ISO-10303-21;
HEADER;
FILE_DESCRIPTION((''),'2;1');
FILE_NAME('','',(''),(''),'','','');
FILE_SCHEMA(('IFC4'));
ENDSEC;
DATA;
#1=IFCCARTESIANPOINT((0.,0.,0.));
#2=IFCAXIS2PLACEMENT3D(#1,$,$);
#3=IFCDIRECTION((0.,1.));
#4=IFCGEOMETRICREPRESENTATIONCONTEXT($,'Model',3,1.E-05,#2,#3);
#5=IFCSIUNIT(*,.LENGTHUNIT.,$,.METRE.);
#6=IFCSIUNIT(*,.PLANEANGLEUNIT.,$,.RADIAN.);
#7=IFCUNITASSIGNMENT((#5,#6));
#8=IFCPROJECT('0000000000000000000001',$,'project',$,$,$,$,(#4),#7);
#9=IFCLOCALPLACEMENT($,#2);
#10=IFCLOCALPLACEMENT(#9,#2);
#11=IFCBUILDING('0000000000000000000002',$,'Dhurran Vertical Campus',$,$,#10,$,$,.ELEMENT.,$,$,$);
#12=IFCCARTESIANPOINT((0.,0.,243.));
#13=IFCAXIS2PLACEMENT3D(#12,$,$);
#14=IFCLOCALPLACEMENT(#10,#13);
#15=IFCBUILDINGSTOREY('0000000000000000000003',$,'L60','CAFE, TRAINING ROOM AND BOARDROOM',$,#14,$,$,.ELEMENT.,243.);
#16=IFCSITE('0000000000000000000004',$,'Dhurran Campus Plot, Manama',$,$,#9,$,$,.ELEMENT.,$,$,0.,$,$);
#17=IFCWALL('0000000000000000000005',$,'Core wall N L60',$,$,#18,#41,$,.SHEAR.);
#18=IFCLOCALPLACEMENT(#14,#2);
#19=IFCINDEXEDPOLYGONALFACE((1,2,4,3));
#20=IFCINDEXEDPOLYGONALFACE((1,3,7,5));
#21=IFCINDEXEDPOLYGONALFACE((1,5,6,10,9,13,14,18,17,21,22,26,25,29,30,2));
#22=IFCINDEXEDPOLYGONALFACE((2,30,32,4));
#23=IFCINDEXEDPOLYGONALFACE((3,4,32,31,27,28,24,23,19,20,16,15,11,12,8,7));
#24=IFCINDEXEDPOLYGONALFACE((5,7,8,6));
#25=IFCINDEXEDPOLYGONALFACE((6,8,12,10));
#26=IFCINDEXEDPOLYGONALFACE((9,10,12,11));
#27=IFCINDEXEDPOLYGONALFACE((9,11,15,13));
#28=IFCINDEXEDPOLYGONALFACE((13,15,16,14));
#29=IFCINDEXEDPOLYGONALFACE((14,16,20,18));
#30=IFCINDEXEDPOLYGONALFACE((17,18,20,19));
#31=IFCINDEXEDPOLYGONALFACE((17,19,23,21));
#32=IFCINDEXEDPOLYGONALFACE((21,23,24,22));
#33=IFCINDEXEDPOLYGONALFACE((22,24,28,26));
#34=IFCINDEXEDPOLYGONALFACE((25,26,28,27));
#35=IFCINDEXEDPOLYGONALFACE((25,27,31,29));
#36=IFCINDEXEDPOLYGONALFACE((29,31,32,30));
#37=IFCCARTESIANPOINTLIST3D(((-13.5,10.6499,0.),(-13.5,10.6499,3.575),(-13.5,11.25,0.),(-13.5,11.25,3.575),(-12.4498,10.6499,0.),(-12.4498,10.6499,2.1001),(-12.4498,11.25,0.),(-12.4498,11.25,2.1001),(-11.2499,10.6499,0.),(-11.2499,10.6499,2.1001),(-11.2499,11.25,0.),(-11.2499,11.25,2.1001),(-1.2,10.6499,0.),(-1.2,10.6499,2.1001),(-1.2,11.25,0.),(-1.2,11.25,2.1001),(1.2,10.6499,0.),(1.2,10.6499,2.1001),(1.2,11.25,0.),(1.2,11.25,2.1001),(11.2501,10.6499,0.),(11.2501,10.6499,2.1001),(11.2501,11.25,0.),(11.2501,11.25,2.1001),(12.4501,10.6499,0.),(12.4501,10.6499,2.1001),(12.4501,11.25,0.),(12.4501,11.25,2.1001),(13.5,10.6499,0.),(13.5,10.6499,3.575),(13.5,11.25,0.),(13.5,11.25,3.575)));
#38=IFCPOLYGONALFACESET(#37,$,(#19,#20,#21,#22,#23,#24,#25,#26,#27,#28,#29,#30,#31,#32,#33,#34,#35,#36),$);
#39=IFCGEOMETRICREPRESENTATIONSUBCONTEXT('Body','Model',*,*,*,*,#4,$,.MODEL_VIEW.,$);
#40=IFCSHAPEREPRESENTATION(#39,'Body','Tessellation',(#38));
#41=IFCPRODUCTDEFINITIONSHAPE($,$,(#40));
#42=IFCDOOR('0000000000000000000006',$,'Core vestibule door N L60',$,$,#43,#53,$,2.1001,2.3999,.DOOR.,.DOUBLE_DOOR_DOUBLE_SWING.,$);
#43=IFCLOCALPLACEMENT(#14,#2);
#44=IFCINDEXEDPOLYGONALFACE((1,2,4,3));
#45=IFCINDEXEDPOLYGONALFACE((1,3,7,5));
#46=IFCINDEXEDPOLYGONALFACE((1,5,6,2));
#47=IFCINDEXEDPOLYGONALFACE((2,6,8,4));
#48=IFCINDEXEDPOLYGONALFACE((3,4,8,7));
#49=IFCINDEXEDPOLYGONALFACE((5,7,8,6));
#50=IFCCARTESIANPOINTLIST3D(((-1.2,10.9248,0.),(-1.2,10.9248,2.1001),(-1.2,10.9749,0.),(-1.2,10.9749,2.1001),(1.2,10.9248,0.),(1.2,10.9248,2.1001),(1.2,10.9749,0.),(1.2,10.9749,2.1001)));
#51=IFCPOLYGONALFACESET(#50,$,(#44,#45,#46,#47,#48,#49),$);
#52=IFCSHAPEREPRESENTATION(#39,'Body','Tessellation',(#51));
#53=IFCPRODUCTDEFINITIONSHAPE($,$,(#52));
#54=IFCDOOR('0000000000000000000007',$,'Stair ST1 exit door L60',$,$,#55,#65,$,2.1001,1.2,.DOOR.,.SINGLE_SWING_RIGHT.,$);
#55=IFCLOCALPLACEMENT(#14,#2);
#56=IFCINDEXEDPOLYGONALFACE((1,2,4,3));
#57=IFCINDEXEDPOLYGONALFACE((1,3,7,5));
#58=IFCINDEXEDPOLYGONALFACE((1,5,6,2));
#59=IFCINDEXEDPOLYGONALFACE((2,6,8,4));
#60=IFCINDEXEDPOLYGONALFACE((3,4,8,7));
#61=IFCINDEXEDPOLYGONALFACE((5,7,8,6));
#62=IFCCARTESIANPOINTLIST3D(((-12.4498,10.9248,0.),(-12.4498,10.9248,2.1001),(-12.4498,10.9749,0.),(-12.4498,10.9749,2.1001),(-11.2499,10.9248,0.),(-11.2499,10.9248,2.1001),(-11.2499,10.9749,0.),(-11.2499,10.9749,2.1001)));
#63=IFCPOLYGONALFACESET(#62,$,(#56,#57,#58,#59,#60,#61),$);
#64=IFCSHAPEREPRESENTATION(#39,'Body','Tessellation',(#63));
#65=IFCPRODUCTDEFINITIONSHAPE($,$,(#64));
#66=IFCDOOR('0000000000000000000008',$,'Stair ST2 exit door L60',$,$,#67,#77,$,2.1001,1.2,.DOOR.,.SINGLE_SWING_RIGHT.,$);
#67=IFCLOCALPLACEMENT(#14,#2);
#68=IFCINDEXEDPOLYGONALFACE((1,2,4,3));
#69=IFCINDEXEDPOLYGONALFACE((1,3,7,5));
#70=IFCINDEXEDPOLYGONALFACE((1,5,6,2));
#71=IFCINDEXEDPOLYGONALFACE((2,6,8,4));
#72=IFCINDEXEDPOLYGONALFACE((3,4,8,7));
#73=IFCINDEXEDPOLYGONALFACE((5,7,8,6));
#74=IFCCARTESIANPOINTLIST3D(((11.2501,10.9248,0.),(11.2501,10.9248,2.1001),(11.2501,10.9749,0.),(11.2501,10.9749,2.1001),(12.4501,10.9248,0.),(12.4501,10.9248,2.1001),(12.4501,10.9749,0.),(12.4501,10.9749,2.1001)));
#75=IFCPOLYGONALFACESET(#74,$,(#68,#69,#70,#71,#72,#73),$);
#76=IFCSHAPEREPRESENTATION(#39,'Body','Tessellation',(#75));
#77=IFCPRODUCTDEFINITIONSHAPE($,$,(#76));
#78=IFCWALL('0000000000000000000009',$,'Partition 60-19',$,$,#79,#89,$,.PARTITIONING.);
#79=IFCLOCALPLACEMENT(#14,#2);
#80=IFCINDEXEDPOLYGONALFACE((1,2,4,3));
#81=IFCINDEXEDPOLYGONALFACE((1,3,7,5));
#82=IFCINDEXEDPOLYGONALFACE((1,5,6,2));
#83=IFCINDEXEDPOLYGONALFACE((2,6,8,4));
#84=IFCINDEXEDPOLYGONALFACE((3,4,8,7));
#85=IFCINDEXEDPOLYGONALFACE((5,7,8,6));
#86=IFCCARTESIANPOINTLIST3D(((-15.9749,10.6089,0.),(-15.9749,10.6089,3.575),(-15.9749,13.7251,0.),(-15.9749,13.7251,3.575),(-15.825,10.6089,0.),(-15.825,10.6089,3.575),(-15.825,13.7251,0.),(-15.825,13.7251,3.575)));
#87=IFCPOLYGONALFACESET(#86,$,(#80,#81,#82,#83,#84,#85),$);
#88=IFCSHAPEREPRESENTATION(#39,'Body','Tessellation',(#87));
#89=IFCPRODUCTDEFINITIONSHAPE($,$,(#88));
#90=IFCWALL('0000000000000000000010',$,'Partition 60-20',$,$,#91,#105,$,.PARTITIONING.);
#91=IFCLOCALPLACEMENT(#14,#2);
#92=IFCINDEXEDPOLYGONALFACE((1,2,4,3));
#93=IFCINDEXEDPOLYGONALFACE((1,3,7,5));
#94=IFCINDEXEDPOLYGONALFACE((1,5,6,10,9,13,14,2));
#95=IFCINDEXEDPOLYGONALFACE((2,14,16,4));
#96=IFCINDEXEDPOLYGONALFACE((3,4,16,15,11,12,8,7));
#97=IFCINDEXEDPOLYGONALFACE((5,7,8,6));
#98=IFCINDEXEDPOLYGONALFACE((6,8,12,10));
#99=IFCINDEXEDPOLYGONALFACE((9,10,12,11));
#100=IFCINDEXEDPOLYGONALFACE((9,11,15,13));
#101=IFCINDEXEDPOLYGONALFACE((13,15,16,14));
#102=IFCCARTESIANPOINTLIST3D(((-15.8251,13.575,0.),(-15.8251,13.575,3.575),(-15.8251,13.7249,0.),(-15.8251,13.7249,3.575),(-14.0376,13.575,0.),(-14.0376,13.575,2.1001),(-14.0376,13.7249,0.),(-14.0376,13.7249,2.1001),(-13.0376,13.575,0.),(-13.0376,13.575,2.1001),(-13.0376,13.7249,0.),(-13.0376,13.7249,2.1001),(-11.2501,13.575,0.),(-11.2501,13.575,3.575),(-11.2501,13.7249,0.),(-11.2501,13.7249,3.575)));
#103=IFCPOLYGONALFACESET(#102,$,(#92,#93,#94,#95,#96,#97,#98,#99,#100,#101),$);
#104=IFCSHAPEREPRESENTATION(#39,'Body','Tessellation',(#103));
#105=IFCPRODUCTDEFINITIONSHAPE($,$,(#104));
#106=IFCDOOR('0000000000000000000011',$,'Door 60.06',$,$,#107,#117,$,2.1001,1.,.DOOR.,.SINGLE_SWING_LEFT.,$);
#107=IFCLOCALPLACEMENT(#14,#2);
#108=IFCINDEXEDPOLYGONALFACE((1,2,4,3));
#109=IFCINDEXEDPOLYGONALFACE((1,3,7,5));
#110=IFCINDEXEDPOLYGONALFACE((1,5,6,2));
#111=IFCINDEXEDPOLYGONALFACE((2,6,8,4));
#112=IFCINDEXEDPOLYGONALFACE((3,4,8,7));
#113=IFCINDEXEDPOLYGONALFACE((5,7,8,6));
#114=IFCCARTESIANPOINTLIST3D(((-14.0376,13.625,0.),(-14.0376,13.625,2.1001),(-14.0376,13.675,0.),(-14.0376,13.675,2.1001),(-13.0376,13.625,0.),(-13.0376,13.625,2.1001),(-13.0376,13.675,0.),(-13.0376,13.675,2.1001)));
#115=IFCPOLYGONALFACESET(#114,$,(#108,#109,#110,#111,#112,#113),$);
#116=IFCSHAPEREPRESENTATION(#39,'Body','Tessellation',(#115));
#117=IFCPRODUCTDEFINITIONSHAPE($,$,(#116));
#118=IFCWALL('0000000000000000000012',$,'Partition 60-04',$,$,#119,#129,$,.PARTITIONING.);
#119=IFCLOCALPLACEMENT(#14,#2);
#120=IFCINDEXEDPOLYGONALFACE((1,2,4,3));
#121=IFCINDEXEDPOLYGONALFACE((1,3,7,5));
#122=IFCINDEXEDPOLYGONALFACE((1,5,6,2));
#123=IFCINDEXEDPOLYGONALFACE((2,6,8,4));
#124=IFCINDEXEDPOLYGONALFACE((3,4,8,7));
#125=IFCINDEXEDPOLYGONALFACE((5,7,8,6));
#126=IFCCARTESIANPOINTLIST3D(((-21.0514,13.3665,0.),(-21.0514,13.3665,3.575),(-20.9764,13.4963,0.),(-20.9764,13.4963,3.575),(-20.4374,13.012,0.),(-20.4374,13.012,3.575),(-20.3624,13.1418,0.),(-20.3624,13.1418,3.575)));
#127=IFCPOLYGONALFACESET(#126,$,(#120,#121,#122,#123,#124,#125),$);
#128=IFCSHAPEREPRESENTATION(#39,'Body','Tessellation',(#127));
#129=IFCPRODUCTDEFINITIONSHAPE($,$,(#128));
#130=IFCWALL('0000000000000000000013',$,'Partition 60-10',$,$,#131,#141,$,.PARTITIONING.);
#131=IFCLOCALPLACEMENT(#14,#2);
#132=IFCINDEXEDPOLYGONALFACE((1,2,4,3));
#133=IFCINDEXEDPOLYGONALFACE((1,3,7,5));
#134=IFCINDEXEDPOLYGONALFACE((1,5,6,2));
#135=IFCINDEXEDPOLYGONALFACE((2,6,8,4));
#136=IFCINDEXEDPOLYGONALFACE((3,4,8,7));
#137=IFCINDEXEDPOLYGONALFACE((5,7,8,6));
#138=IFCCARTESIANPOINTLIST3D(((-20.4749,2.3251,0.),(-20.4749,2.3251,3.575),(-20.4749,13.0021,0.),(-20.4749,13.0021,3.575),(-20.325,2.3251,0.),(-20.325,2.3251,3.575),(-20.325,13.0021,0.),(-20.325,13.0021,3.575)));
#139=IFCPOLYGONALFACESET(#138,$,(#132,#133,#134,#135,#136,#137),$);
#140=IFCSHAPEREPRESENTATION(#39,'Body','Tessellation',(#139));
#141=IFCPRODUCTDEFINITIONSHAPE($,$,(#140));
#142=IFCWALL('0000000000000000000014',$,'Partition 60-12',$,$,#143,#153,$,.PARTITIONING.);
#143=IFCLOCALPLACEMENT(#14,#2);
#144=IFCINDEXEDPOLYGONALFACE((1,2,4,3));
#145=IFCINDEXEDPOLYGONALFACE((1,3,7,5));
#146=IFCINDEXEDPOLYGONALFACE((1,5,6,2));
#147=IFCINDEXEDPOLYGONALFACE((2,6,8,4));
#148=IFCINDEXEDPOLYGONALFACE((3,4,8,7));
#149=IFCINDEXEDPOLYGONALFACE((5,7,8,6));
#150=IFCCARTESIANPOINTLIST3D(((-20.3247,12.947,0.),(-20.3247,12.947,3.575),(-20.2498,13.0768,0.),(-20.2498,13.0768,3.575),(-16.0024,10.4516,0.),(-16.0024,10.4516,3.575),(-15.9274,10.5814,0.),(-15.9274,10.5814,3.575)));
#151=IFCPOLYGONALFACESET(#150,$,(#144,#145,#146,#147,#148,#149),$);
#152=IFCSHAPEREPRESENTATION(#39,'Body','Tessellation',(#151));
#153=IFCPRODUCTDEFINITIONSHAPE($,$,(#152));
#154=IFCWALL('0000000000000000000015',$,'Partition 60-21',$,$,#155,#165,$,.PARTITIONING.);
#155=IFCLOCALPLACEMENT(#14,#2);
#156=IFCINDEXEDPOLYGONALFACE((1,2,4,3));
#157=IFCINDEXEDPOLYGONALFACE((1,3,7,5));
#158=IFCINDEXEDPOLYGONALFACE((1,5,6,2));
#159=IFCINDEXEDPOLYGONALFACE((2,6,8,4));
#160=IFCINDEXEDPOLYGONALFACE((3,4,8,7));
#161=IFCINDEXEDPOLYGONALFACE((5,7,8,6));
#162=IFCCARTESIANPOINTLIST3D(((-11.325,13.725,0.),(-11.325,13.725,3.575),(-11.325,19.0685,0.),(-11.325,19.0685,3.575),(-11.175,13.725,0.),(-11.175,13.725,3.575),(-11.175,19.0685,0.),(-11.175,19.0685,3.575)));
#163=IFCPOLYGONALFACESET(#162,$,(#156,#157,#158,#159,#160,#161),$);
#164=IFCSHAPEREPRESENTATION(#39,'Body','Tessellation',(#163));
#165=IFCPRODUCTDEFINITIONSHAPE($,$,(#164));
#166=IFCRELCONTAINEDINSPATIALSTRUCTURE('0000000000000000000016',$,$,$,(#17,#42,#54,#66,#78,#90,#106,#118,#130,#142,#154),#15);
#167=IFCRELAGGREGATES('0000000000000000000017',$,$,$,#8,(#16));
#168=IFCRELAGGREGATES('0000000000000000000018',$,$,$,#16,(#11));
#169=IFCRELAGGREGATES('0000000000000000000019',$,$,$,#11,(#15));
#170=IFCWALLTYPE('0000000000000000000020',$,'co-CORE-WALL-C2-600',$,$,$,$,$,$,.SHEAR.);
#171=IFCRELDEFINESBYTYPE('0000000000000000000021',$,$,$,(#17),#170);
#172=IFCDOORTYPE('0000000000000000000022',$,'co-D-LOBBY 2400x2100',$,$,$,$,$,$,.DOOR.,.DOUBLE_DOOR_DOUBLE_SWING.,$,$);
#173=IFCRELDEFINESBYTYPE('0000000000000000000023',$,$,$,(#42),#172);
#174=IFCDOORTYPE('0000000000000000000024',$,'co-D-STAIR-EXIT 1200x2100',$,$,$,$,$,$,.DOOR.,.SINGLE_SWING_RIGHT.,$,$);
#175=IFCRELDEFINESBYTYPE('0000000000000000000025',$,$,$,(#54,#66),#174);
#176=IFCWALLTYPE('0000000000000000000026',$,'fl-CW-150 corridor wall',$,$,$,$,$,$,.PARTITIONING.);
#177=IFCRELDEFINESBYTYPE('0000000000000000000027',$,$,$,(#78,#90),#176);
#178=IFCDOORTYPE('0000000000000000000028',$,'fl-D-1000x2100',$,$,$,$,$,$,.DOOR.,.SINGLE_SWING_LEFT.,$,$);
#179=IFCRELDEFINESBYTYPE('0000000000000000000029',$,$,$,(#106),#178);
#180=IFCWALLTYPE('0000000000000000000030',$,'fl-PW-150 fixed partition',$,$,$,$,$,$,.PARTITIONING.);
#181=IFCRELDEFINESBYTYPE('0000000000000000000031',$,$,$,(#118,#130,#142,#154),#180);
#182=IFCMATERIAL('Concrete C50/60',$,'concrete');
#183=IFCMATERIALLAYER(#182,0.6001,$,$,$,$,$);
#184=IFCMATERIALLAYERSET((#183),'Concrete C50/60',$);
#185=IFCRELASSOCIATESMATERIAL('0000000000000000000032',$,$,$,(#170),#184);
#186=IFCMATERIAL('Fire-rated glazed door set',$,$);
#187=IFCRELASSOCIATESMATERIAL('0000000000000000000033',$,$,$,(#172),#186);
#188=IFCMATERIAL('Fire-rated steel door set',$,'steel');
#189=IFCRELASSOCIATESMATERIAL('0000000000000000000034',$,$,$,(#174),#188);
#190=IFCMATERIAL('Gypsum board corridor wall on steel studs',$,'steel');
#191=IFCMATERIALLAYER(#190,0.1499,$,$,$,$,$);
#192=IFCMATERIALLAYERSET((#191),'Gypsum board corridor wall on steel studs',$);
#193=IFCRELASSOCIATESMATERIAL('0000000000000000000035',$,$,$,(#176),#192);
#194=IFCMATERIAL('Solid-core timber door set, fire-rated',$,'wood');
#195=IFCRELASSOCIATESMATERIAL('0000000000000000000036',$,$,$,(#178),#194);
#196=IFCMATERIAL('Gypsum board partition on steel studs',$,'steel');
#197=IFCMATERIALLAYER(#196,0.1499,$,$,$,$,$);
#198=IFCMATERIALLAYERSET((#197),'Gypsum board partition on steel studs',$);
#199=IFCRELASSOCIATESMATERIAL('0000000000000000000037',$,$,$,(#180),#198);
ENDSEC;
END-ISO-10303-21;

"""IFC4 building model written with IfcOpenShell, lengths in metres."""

from ifc_helpers import new_model, si_unit, direction, frame, frame_2d, origin, place, context, subcontext, project, spatial, rectangle, extrude, material, layer, layer_set, type_object, element, fill, save


model = new_model("IFC4")

# Units and contexts
model_context = context("Model", 3, precision=1e-05, world=origin(), true_north=direction((0.0, 1.0)))
body_context = subcontext(model_context, "Body", "Model", "MODEL_VIEW")
ifc_project = project(units=[si_unit("LENGTHUNIT", "METRE"), si_unit("PLANEANGLEUNIT", "RADIAN")], contexts=[model_context])

# Site, building, storey
site_placement = place(None, origin())
site = spatial("IfcSite", under=ifc_project, at=site_placement, Name="Dhurran Campus Plot, Manama", CompositionType="ELEMENT", RefElevation=0.0)
building_placement = place(site_placement, origin())
building = spatial("IfcBuilding", under=site, at=building_placement, Name="Dhurran Vertical Campus", CompositionType="ELEMENT")
storey_placement = place(building_placement, frame((0.0, 0.0, 243.0)))
storey = spatial("IfcBuildingStorey", under=building, at=storey_placement, Name="L60", Description="CAFE, TRAINING ROOM AND BOARDROOM", CompositionType="ELEMENT", Elevation=243.0)

# Wall, openings, doors
ifc_material_1 = material(Name="Concrete C50/60", Category="concrete")
ifc_layer_1 = layer(ifc_material_1, 0.6001)
ifc_layer_set_1 = layer_set([ifc_layer_1], Name="Concrete C50/60")
wall_type_1 = type_object("IfcWallType", Name="co-CORE-WALL-C2-600", PredefinedType="SHEAR", material=ifc_layer_set_1)
wall_1_placement = place(storey_placement, frame((-13.5, 10.95, 0.0), z_axis=(0.0, 0.0, 1.0), x_axis=(1.0, 0.0, 0.0)))
wall_1 = element("IfcWall", 1, at=wall_1_placement, inside=storey, type_object=wall_type_1, Name="Core wall N L60", PredefinedType="SHEAR", context=body_context, shape_type="SweptSolid", body=[
    extrude(rectangle(XDim=27.0, YDim=0.6001, at=frame_2d((13.5, 0.0))), origin(), (0.0, 0.0, 1.0), 3.575),
])
opening_1_placement = place(wall_1_placement, frame((12.3, 0.0, 0.0)))
opening_1 = element("IfcOpeningElement", 2, at=opening_1_placement, cuts=wall_1, PredefinedType="OPENING", context=body_context, shape_type="SweptSolid", body=[
    extrude(rectangle(XDim=2.3999, YDim=2.1001, at=frame_2d((1.2, 1.05))), frame((0.0, 0.3101, 0.0), z_axis=(0.0, -1.0, 0.0), x_axis=(1.0, 0.0, 0.0)), (0.0, 0.0, 1.0), 0.6201),
])
opening_2_placement = place(wall_1_placement, frame((1.05, 0.0, 0.0)))
opening_2 = element("IfcOpeningElement", 3, at=opening_2_placement, cuts=wall_1, PredefinedType="OPENING", context=body_context, shape_type="SweptSolid", body=[
    extrude(rectangle(XDim=1.2, YDim=2.1001, at=frame_2d((0.6001, 1.05))), frame((0.0, 0.3101, 0.0), z_axis=(0.0, -1.0, 0.0), x_axis=(1.0, 0.0, 0.0)), (0.0, 0.0, 1.0), 0.6201),
])
opening_3_placement = place(wall_1_placement, frame((24.75, 0.0, 0.0)))
opening_3 = element("IfcOpeningElement", 4, at=opening_3_placement, cuts=wall_1, PredefinedType="OPENING", context=body_context, shape_type="SweptSolid", body=[
    extrude(rectangle(XDim=1.2, YDim=2.1001, at=frame_2d((0.6001, 1.05))), frame((0.0, 0.3101, 0.0), z_axis=(0.0, -1.0, 0.0), x_axis=(1.0, 0.0, 0.0)), (0.0, 0.0, 1.0), 0.6201),
])
ifc_material_2 = material(Name="Fire-rated glazed door set")
door_type_1 = type_object("IfcDoorType", Name="co-D-LOBBY 2400x2100", OperationType="DOUBLE_DOOR_DOUBLE_SWING", PredefinedType="DOOR", material=ifc_material_2)
door_1_placement = place(opening_1_placement, origin())
door_1 = element("IfcDoor", 5, at=door_1_placement, inside=storey, type_object=door_type_1, Name="Core vestibule door N L60", OperationType="DOUBLE_DOOR_DOUBLE_SWING", OverallHeight=2.1001, OverallWidth=2.3999, PredefinedType="DOOR", context=body_context, shape_type="SweptSolid", body=[
    extrude(rectangle(XDim=2.3999, YDim=2.1001, at=frame_2d((1.2, 1.05))), frame((0.0, 0.0249, 0.0), z_axis=(0.0, -1.0, 0.0), x_axis=(1.0, 0.0, 0.0)), (0.0, 0.0, 1.0), 0.05),
])
fill(opening_1, door_1)
ifc_material_3 = material(Name="Fire-rated steel door set", Category="steel")
door_type_2 = type_object("IfcDoorType", Name="co-D-STAIR-EXIT 1200x2100", OperationType="SINGLE_SWING_RIGHT", PredefinedType="DOOR", material=ifc_material_3)
door_2_placement = place(opening_2_placement, origin())
door_2 = element("IfcDoor", 6, at=door_2_placement, inside=storey, type_object=door_type_2, Name="Stair ST1 exit door L60", OperationType="SINGLE_SWING_RIGHT", OverallHeight=2.1001, OverallWidth=1.2, PredefinedType="DOOR", context=body_context, shape_type="SweptSolid", body=[
    extrude(rectangle(XDim=1.2, YDim=2.1001, at=frame_2d((0.6001, 1.05))), frame((0.0, 0.0249, 0.0), z_axis=(0.0, -1.0, 0.0), x_axis=(1.0, 0.0, 0.0)), (0.0, 0.0, 1.0), 0.05),
])
fill(opening_2, door_2)
door_3_placement = place(opening_3_placement, origin())
door_3 = element("IfcDoor", 7, at=door_3_placement, inside=storey, type_object=door_type_2, Name="Stair ST2 exit door L60", OperationType="SINGLE_SWING_RIGHT", OverallHeight=2.1001, OverallWidth=1.2, PredefinedType="DOOR", context=body_context, shape_type="SweptSolid", body=[
    extrude(rectangle(XDim=1.2, YDim=2.1001, at=frame_2d((0.6001, 1.05))), frame((0.0, 0.0249, 0.0), z_axis=(0.0, -1.0, 0.0), x_axis=(1.0, 0.0, 0.0)), (0.0, 0.0, 1.0), 0.05),
])
fill(opening_3, door_3)

# Wall
ifc_material_4 = material(Name="Gypsum board corridor wall on steel studs", Category="steel")
ifc_layer_2 = layer(ifc_material_4, 0.1499)
ifc_layer_set_2 = layer_set([ifc_layer_2], Name="Gypsum board corridor wall on steel studs")
wall_type_2 = type_object("IfcWallType", Name="fl-CW-150 corridor wall", PredefinedType="PARTITIONING", material=ifc_layer_set_2)
wall_2_placement = place(storey_placement, frame((-15.8999, 13.7251, 0.0), z_axis=(0.0, 0.0, 1.0), x_axis=(0.0, -1.0, 0.0)))
element("IfcWall", 8, at=wall_2_placement, inside=storey, type_object=wall_type_2, Name="Partition 60-19", PredefinedType="PARTITIONING", context=body_context, shape_type="SweptSolid", body=[
    extrude(rectangle(XDim=3.1162, YDim=0.1499, at=frame_2d((1.5581, 0.0))), origin(), (0.0, 0.0, 1.0), 3.575),
])

# Wall, opening, door
wall_3_placement = place(storey_placement, frame((-11.25, 13.6499, 0.0), z_axis=(0.0, 0.0, 1.0), x_axis=(-1.0, 0.0, 0.0)))
wall_3 = element("IfcWall", 9, at=wall_3_placement, inside=storey, type_object=wall_type_2, Name="Partition 60-20", PredefinedType="PARTITIONING", context=body_context, shape_type="SweptSolid", body=[
    extrude(rectangle(XDim=4.575, YDim=0.1499, at=frame_2d((2.2876, 0.0))), origin(), (0.0, 0.0, 1.0), 3.575),
])
opening_4_placement = place(wall_3_placement, frame((1.7876, 0.0, 0.0)))
opening_4 = element("IfcOpeningElement", 10, at=opening_4_placement, cuts=wall_3, PredefinedType="OPENING", context=body_context, shape_type="SweptSolid", body=[
    extrude(rectangle(XDim=1.0, YDim=2.1001, at=frame_2d((0.5, 1.05))), frame((0.0, 0.085, 0.0), z_axis=(0.0, -1.0, 0.0), x_axis=(1.0, 0.0, 0.0)), (0.0, 0.0, 1.0), 0.1699),
])
ifc_material_5 = material(Name="Solid-core timber door set, fire-rated", Category="wood")
door_type_3 = type_object("IfcDoorType", Name="fl-D-1000x2100", OperationType="SINGLE_SWING_LEFT", PredefinedType="DOOR", material=ifc_material_5)
door_4_placement = place(opening_4_placement, origin())
door_4 = element("IfcDoor", 11, at=door_4_placement, inside=storey, type_object=door_type_3, Name="Door 60.06", OperationType="SINGLE_SWING_LEFT", OverallHeight=2.1001, OverallWidth=1.0, PredefinedType="DOOR", context=body_context, shape_type="SweptSolid", body=[
    extrude(rectangle(XDim=1.0, YDim=2.1001, at=frame_2d((0.5, 1.05))), frame((0.0, 0.0249, 0.0), z_axis=(0.0, -1.0, 0.0), x_axis=(1.0, 0.0, 0.0)), (0.0, 0.0, 1.0), 0.05),
])
fill(opening_4, door_4)

# Walls
ifc_material_6 = material(Name="Gypsum board partition on steel studs", Category="steel")
ifc_layer_3 = layer(ifc_material_6, 0.1499)
ifc_layer_set_3 = layer_set([ifc_layer_3], Name="Gypsum board partition on steel studs")
wall_type_3 = type_object("IfcWallType", Name="fl-PW-150 fixed partition", PredefinedType="PARTITIONING", material=ifc_layer_set_3)
wall_4_placement = place(storey_placement, frame((-21.0139, 13.4314, 0.0), z_axis=(0.0, 0.0, 1.0), x_axis=(0.866031, -0.499991, 0.0)))
element("IfcWall", 12, at=wall_4_placement, inside=storey, type_object=wall_type_3, Name="Partition 60-04", PredefinedType="PARTITIONING", context=body_context, shape_type="SweptSolid", body=[
    extrude(rectangle(XDim=0.709, YDim=0.1499, at=frame_2d((0.3545, 0.0))), origin(), (0.0, 0.0, 1.0), 3.575),
])
wall_5_placement = place(storey_placement, frame((-20.3999, 13.002, 0.0), z_axis=(0.0, 0.0, 1.0), x_axis=(0.0, -1.0, 0.0)))
element("IfcWall", 13, at=wall_5_placement, inside=storey, type_object=wall_type_3, Name="Partition 60-10", PredefinedType="PARTITIONING", context=body_context, shape_type="SweptSolid", body=[
    extrude(rectangle(XDim=10.677, YDim=0.1499, at=frame_2d((5.3384, 0.0))), origin(), (0.0, 0.0, 1.0), 3.575),
])
wall_6_placement = place(storey_placement, frame((-20.2874, 13.012, 0.0), z_axis=(0.0, 0.0, 1.0), x_axis=(0.866034, -0.499985, 0.0)))
element("IfcWall", 14, at=wall_6_placement, inside=storey, type_object=wall_type_3, Name="Partition 60-12", PredefinedType="PARTITIONING", context=body_context, shape_type="SweptSolid", body=[
    extrude(rectangle(XDim=4.991, YDim=0.1499, at=frame_2d((2.4956, 0.0))), origin(), (0.0, 0.0, 1.0), 3.575),
])
wall_7_placement = place(storey_placement, frame((-11.25, 19.0686, 0.0), z_axis=(0.0, 0.0, 1.0), x_axis=(0.0, -1.0, 0.0)))
element("IfcWall", 15, at=wall_7_placement, inside=storey, type_object=wall_type_3, Name="Partition 60-21", PredefinedType="PARTITIONING", context=body_context, shape_type="SweptSolid", body=[
    extrude(rectangle(XDim=5.3435, YDim=0.1499, at=frame_2d((2.6719, 0.0))), origin(), (0.0, 0.0, 1.0), 3.575),
])

save(model, "model.ifc")
